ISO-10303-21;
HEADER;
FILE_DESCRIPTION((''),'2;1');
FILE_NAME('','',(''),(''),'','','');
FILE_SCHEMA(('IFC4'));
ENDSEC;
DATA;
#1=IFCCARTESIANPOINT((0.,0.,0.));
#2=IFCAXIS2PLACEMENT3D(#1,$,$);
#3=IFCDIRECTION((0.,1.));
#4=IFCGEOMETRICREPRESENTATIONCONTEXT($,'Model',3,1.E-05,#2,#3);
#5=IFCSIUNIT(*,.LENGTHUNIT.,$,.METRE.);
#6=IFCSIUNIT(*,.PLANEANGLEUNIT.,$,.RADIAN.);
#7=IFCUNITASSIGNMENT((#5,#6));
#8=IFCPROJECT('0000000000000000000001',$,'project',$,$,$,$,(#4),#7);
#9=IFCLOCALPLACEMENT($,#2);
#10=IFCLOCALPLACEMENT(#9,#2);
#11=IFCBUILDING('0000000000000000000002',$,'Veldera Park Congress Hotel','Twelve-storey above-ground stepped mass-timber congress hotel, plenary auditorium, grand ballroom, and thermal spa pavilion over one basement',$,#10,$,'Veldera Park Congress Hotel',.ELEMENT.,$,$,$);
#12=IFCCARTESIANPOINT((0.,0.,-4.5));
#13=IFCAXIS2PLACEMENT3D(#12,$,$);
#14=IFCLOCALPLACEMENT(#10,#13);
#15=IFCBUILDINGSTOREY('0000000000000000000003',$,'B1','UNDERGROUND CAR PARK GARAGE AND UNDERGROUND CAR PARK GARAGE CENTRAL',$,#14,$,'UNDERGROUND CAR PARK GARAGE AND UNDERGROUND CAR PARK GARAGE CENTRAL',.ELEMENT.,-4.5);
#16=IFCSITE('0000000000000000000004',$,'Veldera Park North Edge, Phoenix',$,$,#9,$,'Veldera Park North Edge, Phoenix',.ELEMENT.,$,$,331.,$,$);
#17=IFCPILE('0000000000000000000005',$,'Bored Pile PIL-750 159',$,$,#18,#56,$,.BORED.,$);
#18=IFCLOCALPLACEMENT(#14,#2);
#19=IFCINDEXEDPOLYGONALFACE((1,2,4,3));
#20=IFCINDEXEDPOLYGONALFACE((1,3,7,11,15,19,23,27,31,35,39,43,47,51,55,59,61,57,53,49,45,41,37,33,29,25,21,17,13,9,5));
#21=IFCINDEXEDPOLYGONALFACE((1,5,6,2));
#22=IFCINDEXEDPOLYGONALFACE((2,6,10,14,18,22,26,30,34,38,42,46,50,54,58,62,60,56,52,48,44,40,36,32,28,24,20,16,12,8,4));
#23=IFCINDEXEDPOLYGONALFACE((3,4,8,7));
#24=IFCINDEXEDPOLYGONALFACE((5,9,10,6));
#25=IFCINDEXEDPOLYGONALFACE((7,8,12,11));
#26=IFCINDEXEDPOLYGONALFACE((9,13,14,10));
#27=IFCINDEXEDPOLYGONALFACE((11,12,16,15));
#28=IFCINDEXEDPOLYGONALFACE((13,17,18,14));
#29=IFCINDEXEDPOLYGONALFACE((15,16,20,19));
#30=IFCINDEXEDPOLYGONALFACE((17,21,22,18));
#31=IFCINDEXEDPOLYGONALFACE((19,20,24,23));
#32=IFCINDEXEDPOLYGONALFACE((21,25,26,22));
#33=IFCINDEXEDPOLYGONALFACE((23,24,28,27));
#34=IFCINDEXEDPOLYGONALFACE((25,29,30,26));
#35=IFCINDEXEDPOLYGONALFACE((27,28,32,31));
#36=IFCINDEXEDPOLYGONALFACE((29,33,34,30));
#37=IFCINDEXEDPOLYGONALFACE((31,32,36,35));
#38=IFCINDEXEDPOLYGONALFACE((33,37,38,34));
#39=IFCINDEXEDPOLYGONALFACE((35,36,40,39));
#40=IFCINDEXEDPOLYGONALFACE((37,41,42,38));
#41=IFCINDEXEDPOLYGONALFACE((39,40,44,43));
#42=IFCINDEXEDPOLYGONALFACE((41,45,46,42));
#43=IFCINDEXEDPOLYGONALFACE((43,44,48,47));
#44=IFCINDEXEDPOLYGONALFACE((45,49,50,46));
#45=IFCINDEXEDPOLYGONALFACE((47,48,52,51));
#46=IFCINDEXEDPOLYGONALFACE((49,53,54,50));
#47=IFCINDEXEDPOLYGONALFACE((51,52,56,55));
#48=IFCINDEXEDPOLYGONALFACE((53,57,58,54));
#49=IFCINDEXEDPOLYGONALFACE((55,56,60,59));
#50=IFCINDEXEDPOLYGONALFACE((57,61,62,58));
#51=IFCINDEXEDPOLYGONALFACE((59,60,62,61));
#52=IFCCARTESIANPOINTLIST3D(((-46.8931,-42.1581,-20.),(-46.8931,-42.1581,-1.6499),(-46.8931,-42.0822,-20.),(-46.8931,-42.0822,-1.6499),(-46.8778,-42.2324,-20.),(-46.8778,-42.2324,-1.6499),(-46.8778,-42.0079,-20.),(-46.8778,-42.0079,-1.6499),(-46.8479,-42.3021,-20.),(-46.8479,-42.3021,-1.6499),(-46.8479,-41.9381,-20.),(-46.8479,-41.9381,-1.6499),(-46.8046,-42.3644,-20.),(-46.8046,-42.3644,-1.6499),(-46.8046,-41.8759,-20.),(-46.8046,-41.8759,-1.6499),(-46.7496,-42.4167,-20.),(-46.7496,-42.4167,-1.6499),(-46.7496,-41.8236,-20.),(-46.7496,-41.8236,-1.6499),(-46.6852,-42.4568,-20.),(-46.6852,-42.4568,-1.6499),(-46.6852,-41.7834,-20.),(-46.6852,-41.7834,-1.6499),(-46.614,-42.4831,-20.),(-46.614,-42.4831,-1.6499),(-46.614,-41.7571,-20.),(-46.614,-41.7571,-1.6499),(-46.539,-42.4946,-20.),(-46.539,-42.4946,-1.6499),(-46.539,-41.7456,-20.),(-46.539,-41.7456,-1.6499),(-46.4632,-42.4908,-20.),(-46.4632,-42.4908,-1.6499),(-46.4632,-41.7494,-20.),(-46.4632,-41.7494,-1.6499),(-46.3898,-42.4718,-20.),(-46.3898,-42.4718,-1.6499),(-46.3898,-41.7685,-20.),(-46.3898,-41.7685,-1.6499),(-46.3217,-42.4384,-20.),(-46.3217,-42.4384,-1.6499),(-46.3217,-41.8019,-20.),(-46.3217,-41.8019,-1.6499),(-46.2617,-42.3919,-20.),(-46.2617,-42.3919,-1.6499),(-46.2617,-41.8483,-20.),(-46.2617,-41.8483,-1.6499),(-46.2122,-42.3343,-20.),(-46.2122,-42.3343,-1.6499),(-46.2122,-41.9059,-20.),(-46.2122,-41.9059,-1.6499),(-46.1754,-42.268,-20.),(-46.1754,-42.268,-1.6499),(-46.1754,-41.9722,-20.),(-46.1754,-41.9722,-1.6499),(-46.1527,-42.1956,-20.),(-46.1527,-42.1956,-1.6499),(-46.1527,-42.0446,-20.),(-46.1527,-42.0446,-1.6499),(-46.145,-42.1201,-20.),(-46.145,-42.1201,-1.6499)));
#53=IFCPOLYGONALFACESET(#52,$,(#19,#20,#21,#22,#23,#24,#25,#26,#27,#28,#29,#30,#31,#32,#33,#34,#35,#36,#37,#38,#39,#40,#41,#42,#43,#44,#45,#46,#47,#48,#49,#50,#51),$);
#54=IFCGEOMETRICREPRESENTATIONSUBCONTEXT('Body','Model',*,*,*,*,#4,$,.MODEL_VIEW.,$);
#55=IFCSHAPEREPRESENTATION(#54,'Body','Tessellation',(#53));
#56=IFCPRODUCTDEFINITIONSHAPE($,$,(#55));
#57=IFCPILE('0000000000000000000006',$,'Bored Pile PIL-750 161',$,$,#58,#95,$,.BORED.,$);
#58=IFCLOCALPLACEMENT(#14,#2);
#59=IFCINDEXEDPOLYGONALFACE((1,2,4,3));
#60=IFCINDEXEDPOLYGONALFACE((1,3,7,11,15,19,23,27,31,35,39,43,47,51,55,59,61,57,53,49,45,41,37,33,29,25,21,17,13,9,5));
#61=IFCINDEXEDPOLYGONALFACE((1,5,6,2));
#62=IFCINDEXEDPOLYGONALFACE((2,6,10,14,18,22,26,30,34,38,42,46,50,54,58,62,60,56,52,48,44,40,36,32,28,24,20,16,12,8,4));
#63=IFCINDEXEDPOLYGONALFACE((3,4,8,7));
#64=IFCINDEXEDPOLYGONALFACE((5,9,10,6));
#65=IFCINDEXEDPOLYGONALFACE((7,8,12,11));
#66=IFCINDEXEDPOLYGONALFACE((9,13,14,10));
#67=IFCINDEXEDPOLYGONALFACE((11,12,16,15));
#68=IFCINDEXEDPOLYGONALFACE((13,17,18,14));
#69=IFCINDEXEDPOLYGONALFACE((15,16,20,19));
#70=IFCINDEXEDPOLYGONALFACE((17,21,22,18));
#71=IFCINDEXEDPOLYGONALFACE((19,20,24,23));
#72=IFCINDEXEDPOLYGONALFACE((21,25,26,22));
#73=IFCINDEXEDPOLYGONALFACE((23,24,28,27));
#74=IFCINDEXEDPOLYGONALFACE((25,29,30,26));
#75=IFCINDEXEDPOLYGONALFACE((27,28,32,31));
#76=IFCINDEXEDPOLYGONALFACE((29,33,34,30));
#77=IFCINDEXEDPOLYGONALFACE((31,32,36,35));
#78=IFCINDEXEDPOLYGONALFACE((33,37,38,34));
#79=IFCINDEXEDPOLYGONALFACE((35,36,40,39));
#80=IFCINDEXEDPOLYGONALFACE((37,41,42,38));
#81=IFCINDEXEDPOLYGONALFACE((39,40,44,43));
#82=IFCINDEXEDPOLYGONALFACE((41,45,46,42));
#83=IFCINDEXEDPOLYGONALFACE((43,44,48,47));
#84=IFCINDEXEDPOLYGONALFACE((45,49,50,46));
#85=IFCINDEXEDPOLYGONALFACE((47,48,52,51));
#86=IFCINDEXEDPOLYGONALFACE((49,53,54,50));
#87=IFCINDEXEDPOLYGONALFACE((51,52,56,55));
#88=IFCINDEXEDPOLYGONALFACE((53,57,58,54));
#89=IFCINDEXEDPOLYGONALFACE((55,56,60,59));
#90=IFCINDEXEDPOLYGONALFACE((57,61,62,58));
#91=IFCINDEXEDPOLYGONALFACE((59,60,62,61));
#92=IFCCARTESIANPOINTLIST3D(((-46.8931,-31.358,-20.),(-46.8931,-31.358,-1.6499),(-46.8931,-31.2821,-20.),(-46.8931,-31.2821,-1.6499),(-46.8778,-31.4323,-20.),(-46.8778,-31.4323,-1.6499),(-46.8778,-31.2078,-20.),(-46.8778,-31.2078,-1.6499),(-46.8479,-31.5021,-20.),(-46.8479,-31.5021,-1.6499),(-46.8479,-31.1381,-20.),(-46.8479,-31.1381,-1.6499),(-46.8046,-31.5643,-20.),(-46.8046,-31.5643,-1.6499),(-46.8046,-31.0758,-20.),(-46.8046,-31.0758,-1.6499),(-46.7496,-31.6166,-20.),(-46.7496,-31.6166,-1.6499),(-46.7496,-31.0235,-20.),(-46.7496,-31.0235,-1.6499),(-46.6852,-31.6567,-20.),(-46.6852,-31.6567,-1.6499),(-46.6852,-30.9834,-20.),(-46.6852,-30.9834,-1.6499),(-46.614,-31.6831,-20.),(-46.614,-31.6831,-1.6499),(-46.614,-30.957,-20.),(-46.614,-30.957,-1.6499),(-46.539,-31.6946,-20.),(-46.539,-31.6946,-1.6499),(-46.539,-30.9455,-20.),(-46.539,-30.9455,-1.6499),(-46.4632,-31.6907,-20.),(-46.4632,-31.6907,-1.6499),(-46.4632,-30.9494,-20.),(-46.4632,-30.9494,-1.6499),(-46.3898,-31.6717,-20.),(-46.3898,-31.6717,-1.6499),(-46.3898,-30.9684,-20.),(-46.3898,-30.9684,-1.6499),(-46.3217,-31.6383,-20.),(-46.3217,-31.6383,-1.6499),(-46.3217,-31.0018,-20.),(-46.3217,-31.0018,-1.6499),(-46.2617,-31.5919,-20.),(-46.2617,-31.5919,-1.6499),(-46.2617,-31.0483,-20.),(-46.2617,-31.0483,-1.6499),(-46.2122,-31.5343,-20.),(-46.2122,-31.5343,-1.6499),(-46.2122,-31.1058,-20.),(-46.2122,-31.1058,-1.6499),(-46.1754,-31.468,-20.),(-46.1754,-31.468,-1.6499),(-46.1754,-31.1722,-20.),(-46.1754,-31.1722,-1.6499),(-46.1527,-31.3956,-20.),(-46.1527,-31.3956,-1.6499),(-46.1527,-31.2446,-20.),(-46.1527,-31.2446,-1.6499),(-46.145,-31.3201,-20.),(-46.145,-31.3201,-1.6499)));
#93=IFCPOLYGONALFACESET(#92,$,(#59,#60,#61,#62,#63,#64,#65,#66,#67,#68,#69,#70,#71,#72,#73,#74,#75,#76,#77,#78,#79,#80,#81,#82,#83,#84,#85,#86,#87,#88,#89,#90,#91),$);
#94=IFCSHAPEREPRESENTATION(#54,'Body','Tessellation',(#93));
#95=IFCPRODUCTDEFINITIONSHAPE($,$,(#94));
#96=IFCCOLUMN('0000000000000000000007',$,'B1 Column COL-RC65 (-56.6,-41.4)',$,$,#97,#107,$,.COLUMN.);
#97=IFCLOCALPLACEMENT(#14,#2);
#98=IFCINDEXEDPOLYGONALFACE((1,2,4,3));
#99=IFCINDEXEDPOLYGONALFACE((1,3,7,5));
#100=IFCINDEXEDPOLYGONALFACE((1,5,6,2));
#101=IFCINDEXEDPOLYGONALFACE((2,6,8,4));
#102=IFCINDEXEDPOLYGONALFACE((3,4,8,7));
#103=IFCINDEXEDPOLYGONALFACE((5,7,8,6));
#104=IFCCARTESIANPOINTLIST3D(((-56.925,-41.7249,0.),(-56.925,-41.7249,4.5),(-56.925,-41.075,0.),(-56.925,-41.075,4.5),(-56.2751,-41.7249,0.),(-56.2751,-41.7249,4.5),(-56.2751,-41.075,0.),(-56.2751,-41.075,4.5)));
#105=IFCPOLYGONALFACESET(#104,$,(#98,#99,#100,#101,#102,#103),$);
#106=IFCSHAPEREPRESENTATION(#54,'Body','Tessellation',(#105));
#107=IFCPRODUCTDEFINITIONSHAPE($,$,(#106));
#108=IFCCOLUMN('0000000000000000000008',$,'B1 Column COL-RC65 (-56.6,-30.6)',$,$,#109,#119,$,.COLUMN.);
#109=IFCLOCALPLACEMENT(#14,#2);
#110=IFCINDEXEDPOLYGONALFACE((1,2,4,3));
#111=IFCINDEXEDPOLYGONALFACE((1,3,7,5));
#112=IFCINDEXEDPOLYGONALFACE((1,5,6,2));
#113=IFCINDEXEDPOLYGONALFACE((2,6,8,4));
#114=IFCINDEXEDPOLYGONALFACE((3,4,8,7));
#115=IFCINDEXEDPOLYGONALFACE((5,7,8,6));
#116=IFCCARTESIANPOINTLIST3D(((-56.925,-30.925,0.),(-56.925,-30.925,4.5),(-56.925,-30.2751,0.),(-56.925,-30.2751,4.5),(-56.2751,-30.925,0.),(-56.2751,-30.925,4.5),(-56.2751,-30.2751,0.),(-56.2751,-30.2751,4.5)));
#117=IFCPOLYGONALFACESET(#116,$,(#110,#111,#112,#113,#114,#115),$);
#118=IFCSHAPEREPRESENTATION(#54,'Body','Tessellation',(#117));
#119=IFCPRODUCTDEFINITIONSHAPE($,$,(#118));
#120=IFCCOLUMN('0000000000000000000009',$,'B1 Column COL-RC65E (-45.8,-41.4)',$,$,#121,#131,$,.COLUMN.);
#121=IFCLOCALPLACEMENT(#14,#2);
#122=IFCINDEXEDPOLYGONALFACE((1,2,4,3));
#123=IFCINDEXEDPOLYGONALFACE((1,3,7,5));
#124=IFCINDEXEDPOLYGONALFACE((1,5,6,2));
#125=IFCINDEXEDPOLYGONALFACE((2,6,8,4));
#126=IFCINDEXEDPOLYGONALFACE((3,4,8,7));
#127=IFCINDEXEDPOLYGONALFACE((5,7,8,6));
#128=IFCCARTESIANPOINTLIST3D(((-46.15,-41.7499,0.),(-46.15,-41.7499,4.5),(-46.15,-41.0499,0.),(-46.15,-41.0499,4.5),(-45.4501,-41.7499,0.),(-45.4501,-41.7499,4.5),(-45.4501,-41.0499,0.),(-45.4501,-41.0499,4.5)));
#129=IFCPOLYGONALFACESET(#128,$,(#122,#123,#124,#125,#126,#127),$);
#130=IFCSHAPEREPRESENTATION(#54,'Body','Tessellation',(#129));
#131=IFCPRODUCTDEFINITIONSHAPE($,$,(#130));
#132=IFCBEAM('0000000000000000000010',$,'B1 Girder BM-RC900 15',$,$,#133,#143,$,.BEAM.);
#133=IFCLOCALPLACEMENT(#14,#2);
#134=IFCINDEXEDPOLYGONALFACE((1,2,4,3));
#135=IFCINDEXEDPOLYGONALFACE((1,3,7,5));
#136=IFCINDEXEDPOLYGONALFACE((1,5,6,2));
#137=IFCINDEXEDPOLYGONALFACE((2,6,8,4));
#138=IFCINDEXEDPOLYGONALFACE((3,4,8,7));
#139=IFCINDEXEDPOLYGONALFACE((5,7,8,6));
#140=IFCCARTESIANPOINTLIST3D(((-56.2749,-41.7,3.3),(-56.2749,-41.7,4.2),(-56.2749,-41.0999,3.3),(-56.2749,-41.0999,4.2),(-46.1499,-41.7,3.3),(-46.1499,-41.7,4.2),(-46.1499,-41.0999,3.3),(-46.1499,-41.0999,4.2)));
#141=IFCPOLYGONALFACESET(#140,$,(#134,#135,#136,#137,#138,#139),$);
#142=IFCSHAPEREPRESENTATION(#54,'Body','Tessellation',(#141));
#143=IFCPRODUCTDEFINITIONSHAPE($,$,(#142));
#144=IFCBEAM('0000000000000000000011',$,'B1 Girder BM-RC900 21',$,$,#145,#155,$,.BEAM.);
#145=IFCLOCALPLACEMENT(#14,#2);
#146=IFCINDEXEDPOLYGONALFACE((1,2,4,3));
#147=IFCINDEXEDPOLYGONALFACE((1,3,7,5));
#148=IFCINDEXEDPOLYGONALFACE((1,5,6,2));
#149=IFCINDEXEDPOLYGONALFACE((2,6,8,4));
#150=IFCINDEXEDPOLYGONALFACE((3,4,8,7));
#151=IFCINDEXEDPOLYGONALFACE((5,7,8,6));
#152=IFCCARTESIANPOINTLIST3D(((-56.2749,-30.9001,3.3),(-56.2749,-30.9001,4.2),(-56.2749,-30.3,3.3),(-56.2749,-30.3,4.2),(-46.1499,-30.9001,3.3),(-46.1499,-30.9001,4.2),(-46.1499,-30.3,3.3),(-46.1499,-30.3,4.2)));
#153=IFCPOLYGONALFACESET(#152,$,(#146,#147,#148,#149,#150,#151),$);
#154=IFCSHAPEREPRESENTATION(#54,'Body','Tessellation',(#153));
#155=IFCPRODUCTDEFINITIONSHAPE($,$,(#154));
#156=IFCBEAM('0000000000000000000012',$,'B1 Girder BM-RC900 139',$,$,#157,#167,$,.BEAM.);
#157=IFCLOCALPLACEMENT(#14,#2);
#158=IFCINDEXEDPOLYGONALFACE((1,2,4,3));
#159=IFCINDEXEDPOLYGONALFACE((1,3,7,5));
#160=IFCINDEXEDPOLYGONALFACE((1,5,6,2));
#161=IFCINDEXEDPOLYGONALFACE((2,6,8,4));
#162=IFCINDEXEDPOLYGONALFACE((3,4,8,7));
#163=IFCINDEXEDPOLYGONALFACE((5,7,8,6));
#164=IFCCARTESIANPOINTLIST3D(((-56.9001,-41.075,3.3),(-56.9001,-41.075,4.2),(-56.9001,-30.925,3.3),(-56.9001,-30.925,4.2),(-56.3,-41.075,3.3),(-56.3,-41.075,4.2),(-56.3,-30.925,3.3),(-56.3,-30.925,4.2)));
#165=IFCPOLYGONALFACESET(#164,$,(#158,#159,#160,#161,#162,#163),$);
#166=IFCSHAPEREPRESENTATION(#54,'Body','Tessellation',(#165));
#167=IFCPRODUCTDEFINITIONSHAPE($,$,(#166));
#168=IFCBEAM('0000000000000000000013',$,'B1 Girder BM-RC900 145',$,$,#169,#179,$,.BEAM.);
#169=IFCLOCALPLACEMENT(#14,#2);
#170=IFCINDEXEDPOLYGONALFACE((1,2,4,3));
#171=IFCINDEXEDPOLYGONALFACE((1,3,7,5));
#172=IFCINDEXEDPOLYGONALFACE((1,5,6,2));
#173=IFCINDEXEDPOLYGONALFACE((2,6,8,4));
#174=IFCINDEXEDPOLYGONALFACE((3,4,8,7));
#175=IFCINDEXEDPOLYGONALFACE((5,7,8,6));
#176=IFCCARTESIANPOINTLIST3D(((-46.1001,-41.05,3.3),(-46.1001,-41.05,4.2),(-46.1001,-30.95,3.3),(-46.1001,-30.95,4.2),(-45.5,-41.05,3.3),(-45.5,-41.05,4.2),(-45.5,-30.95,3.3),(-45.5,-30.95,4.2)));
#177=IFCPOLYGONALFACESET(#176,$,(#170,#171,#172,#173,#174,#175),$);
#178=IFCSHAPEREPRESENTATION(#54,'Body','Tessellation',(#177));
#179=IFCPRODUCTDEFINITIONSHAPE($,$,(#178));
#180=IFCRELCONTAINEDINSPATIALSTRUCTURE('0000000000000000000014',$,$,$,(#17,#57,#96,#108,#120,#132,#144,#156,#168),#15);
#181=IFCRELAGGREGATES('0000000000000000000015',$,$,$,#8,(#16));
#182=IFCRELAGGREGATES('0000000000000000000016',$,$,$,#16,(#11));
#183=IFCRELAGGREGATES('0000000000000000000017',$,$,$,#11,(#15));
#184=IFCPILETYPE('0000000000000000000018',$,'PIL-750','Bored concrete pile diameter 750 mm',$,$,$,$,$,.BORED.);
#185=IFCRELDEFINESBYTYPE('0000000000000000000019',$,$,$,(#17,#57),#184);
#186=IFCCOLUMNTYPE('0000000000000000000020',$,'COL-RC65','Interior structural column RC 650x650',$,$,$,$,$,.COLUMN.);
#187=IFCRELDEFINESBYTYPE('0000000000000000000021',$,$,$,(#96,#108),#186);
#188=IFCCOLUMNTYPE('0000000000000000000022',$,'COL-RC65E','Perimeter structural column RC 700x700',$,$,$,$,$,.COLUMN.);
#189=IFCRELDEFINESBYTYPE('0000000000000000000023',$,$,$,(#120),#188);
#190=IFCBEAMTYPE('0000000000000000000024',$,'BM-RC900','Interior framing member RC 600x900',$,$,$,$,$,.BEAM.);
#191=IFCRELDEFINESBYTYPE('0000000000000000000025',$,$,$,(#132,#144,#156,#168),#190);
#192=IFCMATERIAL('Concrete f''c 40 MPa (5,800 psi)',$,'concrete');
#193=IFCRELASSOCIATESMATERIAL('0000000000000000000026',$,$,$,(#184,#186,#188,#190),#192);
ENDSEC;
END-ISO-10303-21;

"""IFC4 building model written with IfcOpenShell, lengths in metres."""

from ifc_helpers import new_model, si_unit, direction, frame, origin, origin_2d, place, context, subcontext, project, spatial, rectangle, circle, extrude, material, material_profile, profile_set, type_object, element, save


model = new_model("IFC4")

# Units and contexts
model_context = context("Model", 3, precision=1e-05, world=origin(), true_north=direction((0.0, 1.0)))
body_context = subcontext(model_context, "Body", "Model", "MODEL_VIEW")
ifc_project = project(units=[si_unit("LENGTHUNIT", "METRE"), si_unit("PLANEANGLEUNIT", "RADIAN")], contexts=[model_context])

# Site, building, storey
site_placement = place(None, origin())
site = spatial("IfcSite", under=ifc_project, at=site_placement, Name="Veldera Park North Edge, Phoenix", LongName="Veldera Park North Edge, Phoenix", CompositionType="ELEMENT", RefElevation=331.0)
building_placement = place(site_placement, origin())
building = spatial("IfcBuilding", under=site, at=building_placement, Name="Veldera Park Congress Hotel", Description="Twelve-storey above-ground stepped mass-timber congress hotel, plenary auditorium, grand ballroom, and thermal spa pavilion over one basement", LongName="Veldera Park Congress Hotel", CompositionType="ELEMENT")
storey_placement = place(building_placement, frame((0.0, 0.0, -4.5)))
storey = spatial("IfcBuildingStorey", under=building, at=storey_placement, Name="B1", Description="UNDERGROUND CAR PARK GARAGE AND UNDERGROUND CAR PARK GARAGE CENTRAL", LongName="UNDERGROUND CAR PARK GARAGE AND UNDERGROUND CAR PARK GARAGE CENTRAL", CompositionType="ELEMENT", Elevation=-4.5)

# Shared definitions
ifc_material = material(Name="Concrete f'c 40 MPa (5,800 psi)", Category="concrete")

# Piles
ifc_material_profile_1 = material_profile(ifc_material, circle(Radius=0.375, at=origin_2d()), Name="PILE D750")
ifc_profile_set_1 = profile_set([ifc_material_profile_1], Name="Concrete f'c 40 MPa (5,800 psi)")
pile_type = type_object("IfcPileType", Name="PIL-750", Description="Bored concrete pile diameter 750 mm", PredefinedType="BORED", material=ifc_profile_set_1)
for number, where, z_axis, x_axis, name in (
    (1, (-46.52, -42.1201, -1.6499), (0.0, 0.0, -1.0), (1.0, 0.0, 0.0), "Bored Pile PIL-750 159"),
    (2, (-46.52, -31.3201, -1.6499), (0.0, 0.0, -1.0), (1.0, 0.0, 0.0), "Bored Pile PIL-750 161"),
):
    element("IfcPile", number, at=place(storey_placement, frame(where, z_axis=z_axis, x_axis=x_axis)), inside=storey, type_object=pile_type, Name=name, PredefinedType="BORED", context=body_context, shape_type="SweptSolid", body=[
        extrude(circle(Radius=0.375, at=origin_2d()), origin(), (0.0, 0.0, 1.0), 18.3501),
    ])

# Columns
ifc_material_profile_2 = material_profile(ifc_material, rectangle(XDim=0.6499, YDim=0.6499, at=origin_2d()), Name="RC 650x650")
ifc_profile_set_2 = profile_set([ifc_material_profile_2], Name="Concrete f'c 40 MPa (5,800 psi)")
column_type_1 = type_object("IfcColumnType", Name="COL-RC65", Description="Interior structural column RC 650x650", PredefinedType="COLUMN", material=ifc_profile_set_2)
for number, where, z_axis, x_axis, name in (
    (3, (-56.6001, -41.3999, 0.0), (0.0, 0.0, 1.0), (1.0, 0.0, 0.0), "B1 Column COL-RC65 (-56.6,-41.4)"),
    (4, (-56.6001, -30.6001, 0.0), (0.0, 0.0, 1.0), (1.0, 0.0, 0.0), "B1 Column COL-RC65 (-56.6,-30.6)"),
):
    element("IfcColumn", number, at=place(storey_placement, frame(where, z_axis=z_axis, x_axis=x_axis)), inside=storey, type_object=column_type_1, Name=name, PredefinedType="COLUMN", context=body_context, shape_type="SweptSolid", body=[
        extrude(rectangle(XDim=0.6499, YDim=0.6499, at=origin_2d()), origin(), (0.0, 0.0, 1.0), 4.5),
    ])
ifc_material_profile_3 = material_profile(ifc_material, rectangle(XDim=0.7, YDim=0.7, at=origin_2d()), Name="RC 700x700")
ifc_profile_set_3 = profile_set([ifc_material_profile_3], Name="Concrete f'c 40 MPa (5,800 psi)")
column_type_2 = type_object("IfcColumnType", Name="COL-RC65E", Description="Perimeter structural column RC 700x700", PredefinedType="COLUMN", material=ifc_profile_set_3)
column_placement = place(storey_placement, frame((-45.8, -41.3999, 0.0), z_axis=(0.0, 0.0, 1.0), x_axis=(1.0, 0.0, 0.0)))
element("IfcColumn", 5, at=column_placement, inside=storey, type_object=column_type_2, Name="B1 Column COL-RC65E (-45.8,-41.4)", PredefinedType="COLUMN", context=body_context, shape_type="SweptSolid", body=[
    extrude(rectangle(XDim=0.7, YDim=0.7, at=origin_2d()), origin(), (0.0, 0.0, 1.0), 4.5),
])

# Beams
ifc_material_profile_4 = material_profile(ifc_material, rectangle(XDim=0.6001, YDim=0.8999, at=origin_2d()), Name="RC 600x900")
ifc_profile_set_4 = profile_set([ifc_material_profile_4], Name="Concrete f'c 40 MPa (5,800 psi)")
beam_type = type_object("IfcBeamType", Name="BM-RC900", Description="Interior framing member RC 600x900", PredefinedType="BEAM", material=ifc_profile_set_4)
for number, where, z_axis, x_axis, name in (
    (6, (-56.2749, -41.3999, 3.75), (1.0, 0.0, 0.0), (0.0, 1.0, 0.0), "B1 Girder BM-RC900 15"),
    (7, (-56.2749, -30.6001, 3.75), (1.0, 0.0, 0.0), (0.0, 1.0, 0.0), "B1 Girder BM-RC900 21"),
):
    element("IfcBeam", number, at=place(storey_placement, frame(where, z_axis=z_axis, x_axis=x_axis)), inside=storey, type_object=beam_type, Name=name, PredefinedType="BEAM", context=body_context, shape_type="SweptSolid", body=[
        extrude(rectangle(XDim=0.6001, YDim=0.8999, at=origin_2d()), origin(), (0.0, 0.0, 1.0), 10.125),
    ])
beam_1_placement = place(storey_placement, frame((-56.6001, -41.075, 3.75), z_axis=(0.0, 1.0, 0.0), x_axis=(-1.0, 0.0, 0.0)))
element("IfcBeam", 8, at=beam_1_placement, inside=storey, type_object=beam_type, Name="B1 Girder BM-RC900 139", PredefinedType="BEAM", context=body_context, shape_type="SweptSolid", body=[
    extrude(rectangle(XDim=0.6001, YDim=0.8999, at=origin_2d()), origin(), (0.0, 0.0, 1.0), 10.1499),
])
beam_2_placement = place(storey_placement, frame((-45.8, -41.05, 3.75), z_axis=(0.0, 1.0, 0.0), x_axis=(-1.0, 0.0, 0.0)))
element("IfcBeam", 9, at=beam_2_placement, inside=storey, type_object=beam_type, Name="B1 Girder BM-RC900 145", PredefinedType="BEAM", context=body_context, shape_type="SweptSolid", body=[
    extrude(rectangle(XDim=0.6001, YDim=0.8999, at=origin_2d()), origin(), (0.0, 0.0, 1.0), 10.1001),
])

save(model, "model.ifc")
